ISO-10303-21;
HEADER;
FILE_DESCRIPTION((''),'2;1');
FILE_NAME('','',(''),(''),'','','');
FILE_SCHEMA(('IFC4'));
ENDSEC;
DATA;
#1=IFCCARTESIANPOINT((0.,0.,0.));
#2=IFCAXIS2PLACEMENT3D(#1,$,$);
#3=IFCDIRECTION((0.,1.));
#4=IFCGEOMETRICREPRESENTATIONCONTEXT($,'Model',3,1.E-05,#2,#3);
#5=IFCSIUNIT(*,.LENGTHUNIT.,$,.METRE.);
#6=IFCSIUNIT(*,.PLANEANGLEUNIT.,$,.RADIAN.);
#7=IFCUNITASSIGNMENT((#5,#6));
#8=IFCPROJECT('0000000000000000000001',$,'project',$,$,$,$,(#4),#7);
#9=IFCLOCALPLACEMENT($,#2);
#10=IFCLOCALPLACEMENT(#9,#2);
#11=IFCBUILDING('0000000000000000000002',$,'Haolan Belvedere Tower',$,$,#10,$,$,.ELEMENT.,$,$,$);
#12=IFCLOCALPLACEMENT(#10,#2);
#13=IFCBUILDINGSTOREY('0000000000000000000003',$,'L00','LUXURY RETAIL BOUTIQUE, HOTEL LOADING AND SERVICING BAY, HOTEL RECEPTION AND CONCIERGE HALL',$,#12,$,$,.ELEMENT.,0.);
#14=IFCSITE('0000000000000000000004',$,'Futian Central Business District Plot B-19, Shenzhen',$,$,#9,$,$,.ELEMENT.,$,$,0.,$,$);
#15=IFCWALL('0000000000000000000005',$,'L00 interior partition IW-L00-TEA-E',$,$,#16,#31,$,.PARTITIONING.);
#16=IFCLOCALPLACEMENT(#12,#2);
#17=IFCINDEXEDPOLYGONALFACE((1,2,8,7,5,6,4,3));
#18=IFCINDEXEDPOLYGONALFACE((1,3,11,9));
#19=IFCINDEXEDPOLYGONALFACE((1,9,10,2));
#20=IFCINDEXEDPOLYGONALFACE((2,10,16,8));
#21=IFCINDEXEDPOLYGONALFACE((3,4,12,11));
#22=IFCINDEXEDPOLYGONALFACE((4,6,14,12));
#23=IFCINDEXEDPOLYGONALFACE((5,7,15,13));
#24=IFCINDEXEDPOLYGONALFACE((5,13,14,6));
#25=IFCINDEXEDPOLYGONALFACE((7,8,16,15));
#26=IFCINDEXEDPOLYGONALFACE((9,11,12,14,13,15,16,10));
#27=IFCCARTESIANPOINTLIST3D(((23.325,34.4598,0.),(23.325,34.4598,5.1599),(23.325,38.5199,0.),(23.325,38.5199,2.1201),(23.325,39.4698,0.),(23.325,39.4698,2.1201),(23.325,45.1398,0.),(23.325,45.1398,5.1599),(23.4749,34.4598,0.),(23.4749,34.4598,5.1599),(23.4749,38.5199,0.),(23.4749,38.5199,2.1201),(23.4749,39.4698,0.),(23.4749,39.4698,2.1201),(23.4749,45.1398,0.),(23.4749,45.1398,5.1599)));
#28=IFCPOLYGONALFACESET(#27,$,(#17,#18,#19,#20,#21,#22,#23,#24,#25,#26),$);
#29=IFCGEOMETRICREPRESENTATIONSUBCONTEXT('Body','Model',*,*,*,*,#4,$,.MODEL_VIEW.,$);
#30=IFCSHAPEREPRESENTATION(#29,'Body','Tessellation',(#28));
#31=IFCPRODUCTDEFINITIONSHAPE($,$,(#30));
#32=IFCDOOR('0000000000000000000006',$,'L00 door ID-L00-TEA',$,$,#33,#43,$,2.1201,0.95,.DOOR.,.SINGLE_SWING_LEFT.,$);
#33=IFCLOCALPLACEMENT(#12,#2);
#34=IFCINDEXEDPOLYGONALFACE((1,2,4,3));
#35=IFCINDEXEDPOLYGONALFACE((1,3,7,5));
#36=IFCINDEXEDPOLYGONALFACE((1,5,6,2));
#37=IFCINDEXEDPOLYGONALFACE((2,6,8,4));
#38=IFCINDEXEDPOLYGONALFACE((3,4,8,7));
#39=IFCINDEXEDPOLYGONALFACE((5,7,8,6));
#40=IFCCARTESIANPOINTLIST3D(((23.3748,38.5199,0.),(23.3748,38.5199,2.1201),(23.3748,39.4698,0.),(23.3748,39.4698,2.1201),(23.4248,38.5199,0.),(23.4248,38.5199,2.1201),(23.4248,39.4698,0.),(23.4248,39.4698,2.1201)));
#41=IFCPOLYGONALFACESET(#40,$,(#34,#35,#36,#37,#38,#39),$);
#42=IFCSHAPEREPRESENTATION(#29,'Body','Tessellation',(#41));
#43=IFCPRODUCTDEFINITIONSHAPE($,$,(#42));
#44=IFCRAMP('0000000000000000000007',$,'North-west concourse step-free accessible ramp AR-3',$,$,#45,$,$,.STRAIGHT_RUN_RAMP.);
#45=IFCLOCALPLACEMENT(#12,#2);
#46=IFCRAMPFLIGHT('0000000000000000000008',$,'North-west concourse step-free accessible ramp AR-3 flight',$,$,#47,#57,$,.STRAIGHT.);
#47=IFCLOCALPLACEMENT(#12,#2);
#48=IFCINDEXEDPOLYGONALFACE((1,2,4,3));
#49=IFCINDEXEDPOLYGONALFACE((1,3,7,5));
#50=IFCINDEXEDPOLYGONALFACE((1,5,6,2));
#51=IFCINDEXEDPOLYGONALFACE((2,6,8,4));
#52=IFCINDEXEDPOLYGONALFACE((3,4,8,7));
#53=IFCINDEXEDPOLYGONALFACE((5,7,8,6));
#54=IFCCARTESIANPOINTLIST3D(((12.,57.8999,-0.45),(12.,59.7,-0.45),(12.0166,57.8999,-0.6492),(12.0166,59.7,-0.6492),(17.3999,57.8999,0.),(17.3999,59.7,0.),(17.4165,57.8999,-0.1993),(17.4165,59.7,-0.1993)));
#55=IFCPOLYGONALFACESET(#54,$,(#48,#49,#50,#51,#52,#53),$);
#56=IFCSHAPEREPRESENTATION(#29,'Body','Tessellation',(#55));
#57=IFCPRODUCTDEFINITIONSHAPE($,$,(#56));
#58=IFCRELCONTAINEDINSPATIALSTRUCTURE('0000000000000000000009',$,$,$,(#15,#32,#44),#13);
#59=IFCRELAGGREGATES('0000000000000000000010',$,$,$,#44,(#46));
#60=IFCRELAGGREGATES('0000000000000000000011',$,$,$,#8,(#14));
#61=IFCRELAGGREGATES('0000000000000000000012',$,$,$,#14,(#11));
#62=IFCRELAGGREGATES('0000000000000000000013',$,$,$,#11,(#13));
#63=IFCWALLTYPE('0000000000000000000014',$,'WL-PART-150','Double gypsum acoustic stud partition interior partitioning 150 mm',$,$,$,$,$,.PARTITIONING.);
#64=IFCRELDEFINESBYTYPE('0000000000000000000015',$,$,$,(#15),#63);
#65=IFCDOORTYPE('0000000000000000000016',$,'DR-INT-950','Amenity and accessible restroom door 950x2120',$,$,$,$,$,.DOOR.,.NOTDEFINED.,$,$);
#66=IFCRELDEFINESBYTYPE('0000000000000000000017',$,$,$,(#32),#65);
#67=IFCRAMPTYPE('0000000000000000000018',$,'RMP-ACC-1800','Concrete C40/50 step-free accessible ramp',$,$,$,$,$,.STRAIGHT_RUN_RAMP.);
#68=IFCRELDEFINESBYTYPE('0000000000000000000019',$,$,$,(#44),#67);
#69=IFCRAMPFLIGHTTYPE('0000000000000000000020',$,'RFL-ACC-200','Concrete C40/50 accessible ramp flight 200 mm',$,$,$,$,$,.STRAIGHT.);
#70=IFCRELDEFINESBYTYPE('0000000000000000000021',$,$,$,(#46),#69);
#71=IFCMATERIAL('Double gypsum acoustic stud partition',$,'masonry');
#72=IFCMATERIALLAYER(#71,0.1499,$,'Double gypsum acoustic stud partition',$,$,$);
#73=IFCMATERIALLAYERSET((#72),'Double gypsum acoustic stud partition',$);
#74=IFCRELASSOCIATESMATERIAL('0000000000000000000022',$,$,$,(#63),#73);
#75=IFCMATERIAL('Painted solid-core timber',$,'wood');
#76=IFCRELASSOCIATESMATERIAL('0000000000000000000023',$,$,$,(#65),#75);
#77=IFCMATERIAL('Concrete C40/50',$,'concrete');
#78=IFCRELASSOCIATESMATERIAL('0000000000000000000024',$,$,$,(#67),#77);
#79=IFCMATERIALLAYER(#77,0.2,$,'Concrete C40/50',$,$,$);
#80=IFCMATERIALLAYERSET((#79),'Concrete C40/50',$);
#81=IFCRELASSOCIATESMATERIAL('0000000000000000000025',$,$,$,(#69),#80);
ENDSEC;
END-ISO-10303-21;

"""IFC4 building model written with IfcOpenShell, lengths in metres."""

from ifc_helpers import new_model, si_unit, direction, frame, frame_2d, origin, place, context, subcontext, project, spatial, polyline, rectangle, outline, extrude, material, layer, layer_set, type_object, element, fill, aggregate, save


model = new_model("IFC4")

# Units and contexts
model_context = context("Model", 3, precision=1e-05, world=origin(), true_north=direction((0.0, 1.0)))
body_context = subcontext(model_context, "Body", "Model", "MODEL_VIEW")
ifc_project = project(units=[si_unit("LENGTHUNIT", "METRE"), si_unit("PLANEANGLEUNIT", "RADIAN")], contexts=[model_context])

# Site, building, storey
site_placement = place(None, origin())
site = spatial("IfcSite", under=ifc_project, at=site_placement, Name="Futian Central Business District Plot B-19, Shenzhen", CompositionType="ELEMENT", RefElevation=0.0)
building_placement = place(site_placement, origin())
building = spatial("IfcBuilding", under=site, at=building_placement, Name="Haolan Belvedere Tower", CompositionType="ELEMENT")
storey_placement = place(building_placement, origin())
storey = spatial("IfcBuildingStorey", under=building, at=storey_placement, Name="L00", Description="LUXURY RETAIL BOUTIQUE, HOTEL LOADING AND SERVICING BAY, HOTEL RECEPTION AND CONCIERGE HALL", CompositionType="ELEMENT", Elevation=0.0)

# Shared definitions
ifc_material_1 = material(Name="Concrete C40/50", Category="concrete")

# Shared definitions
ifc_material_2 = material(Name="Double gypsum acoustic stud partition", Category="masonry")
ifc_layer_1 = layer(ifc_material_2, 0.1499, Name="Double gypsum acoustic stud partition")
ifc_layer_set_1 = layer_set([ifc_layer_1], Name="Double gypsum acoustic stud partition")
wall_type_1 = type_object("IfcWallType", Name="WL-PART-150", Description="Double gypsum acoustic stud partition interior partitioning 150 mm", PredefinedType="PARTITIONING", material=ifc_layer_set_1)

# Wall, opening, door
wall_1_placement = place(storey_placement, frame((23.3999, 34.46, 0.0), z_axis=(0.0, 0.0, 1.0), x_axis=(0.0, 1.0, 0.0)))
wall_1 = element("IfcWall", 1, at=wall_1_placement, inside=storey, type_object=wall_type_1, Name="L00 interior partition IW-L00-TEA-E", PredefinedType="PARTITIONING", context=body_context, shape_type="SweptSolid", body=[
    extrude(rectangle(XDim=10.6799, YDim=0.1499, at=frame_2d((5.3398, 0.0))), origin(), (0.0, 0.0, 1.0), 5.1599),
])
opening_1_placement = place(wall_1_placement, frame((5.01, 0.0, 0.0), z_axis=(0.0, 0.0, 1.0), x_axis=(-1.0, 0.0, 0.0)))
opening_1 = element("IfcOpeningElement", 2, at=opening_1_placement, cuts=wall_1, PredefinedType="OPENING", context=body_context, shape_type="SweptSolid", body=[
    extrude(rectangle(XDim=0.95, YDim=2.1201, at=frame_2d((0.4751, 1.0601))), frame((0.0, 0.085, 0.0), z_axis=(0.0, -1.0, 0.0), x_axis=(1.0, 0.0, 0.0)), (0.0, 0.0, 1.0), 0.1699),
])
ifc_material_3 = material(Name="Painted solid-core timber", Category="wood")
door_type_1 = type_object("IfcDoorType", Name="DR-INT-950", Description="Amenity and accessible restroom door 950x2120", OperationType="NOTDEFINED", PredefinedType="DOOR", material=ifc_material_3)
door_1_placement = place(opening_1_placement, origin())
door_1 = element("IfcDoor", 3, at=door_1_placement, inside=storey, type_object=door_type_1, Name="L00 door ID-L00-TEA", OperationType="SINGLE_SWING_LEFT", OverallHeight=2.1201, OverallWidth=0.95, PredefinedType="DOOR", context=body_context, shape_type="SweptSolid", body=[
    extrude(rectangle(XDim=0.95, YDim=2.1201, at=frame_2d((0.4751, 1.0601))), frame((0.0, 0.0249, 0.0), z_axis=(0.0, -1.0, 0.0), x_axis=(1.0, 0.0, 0.0)), (0.0, 0.0, 1.0), 0.05),
])
fill(opening_1, door_1)

# Ramp, ramp flight
ramp_type = type_object("IfcRampType", Name="RMP-ACC-1800", Description="Concrete C40/50 step-free accessible ramp", PredefinedType="STRAIGHT_RUN_RAMP", material=ifc_material_1)
ramp_placement = place(storey_placement, origin())
ramp = element("IfcRamp", 4, at=ramp_placement, inside=storey, type_object=ramp_type, Name="North-west concourse step-free accessible ramp AR-3", PredefinedType="STRAIGHT_RUN_RAMP")
ifc_layer_2 = layer(ifc_material_1, 0.2, Name="Concrete C40/50")
ifc_layer_set_2 = layer_set([ifc_layer_2], Name="Concrete C40/50")
ramp_flight_type = type_object("IfcRampFlightType", Name="RFL-ACC-200", Description="Concrete C40/50 accessible ramp flight 200 mm", PredefinedType="STRAIGHT", material=ifc_layer_set_2)
ramp_flight_placement = place(storey_placement, frame((12.0, 57.8999, -0.45), z_axis=(-0.083038, 0.0, 0.996546), x_axis=(0.996546, 0.0, 0.083038)))
ramp_flight = element("IfcRampFlight", 5, at=ramp_flight_placement, type_object=ramp_flight_type, Name="North-west concourse step-free accessible ramp AR-3 flight", PredefinedType="STRAIGHT", context=body_context, shape_type="SweptSolid", body=[
    extrude(outline(polyline([(0.0, 0.0), (5.4186, 0.0), (5.4186, 1.8), (0.0, 1.8), (0.0, 0.0)])), origin(), (0.0, 0.0, -1.0), 0.2),
])
aggregate(ramp, [ramp_flight])

save(model, "model.ifc")
